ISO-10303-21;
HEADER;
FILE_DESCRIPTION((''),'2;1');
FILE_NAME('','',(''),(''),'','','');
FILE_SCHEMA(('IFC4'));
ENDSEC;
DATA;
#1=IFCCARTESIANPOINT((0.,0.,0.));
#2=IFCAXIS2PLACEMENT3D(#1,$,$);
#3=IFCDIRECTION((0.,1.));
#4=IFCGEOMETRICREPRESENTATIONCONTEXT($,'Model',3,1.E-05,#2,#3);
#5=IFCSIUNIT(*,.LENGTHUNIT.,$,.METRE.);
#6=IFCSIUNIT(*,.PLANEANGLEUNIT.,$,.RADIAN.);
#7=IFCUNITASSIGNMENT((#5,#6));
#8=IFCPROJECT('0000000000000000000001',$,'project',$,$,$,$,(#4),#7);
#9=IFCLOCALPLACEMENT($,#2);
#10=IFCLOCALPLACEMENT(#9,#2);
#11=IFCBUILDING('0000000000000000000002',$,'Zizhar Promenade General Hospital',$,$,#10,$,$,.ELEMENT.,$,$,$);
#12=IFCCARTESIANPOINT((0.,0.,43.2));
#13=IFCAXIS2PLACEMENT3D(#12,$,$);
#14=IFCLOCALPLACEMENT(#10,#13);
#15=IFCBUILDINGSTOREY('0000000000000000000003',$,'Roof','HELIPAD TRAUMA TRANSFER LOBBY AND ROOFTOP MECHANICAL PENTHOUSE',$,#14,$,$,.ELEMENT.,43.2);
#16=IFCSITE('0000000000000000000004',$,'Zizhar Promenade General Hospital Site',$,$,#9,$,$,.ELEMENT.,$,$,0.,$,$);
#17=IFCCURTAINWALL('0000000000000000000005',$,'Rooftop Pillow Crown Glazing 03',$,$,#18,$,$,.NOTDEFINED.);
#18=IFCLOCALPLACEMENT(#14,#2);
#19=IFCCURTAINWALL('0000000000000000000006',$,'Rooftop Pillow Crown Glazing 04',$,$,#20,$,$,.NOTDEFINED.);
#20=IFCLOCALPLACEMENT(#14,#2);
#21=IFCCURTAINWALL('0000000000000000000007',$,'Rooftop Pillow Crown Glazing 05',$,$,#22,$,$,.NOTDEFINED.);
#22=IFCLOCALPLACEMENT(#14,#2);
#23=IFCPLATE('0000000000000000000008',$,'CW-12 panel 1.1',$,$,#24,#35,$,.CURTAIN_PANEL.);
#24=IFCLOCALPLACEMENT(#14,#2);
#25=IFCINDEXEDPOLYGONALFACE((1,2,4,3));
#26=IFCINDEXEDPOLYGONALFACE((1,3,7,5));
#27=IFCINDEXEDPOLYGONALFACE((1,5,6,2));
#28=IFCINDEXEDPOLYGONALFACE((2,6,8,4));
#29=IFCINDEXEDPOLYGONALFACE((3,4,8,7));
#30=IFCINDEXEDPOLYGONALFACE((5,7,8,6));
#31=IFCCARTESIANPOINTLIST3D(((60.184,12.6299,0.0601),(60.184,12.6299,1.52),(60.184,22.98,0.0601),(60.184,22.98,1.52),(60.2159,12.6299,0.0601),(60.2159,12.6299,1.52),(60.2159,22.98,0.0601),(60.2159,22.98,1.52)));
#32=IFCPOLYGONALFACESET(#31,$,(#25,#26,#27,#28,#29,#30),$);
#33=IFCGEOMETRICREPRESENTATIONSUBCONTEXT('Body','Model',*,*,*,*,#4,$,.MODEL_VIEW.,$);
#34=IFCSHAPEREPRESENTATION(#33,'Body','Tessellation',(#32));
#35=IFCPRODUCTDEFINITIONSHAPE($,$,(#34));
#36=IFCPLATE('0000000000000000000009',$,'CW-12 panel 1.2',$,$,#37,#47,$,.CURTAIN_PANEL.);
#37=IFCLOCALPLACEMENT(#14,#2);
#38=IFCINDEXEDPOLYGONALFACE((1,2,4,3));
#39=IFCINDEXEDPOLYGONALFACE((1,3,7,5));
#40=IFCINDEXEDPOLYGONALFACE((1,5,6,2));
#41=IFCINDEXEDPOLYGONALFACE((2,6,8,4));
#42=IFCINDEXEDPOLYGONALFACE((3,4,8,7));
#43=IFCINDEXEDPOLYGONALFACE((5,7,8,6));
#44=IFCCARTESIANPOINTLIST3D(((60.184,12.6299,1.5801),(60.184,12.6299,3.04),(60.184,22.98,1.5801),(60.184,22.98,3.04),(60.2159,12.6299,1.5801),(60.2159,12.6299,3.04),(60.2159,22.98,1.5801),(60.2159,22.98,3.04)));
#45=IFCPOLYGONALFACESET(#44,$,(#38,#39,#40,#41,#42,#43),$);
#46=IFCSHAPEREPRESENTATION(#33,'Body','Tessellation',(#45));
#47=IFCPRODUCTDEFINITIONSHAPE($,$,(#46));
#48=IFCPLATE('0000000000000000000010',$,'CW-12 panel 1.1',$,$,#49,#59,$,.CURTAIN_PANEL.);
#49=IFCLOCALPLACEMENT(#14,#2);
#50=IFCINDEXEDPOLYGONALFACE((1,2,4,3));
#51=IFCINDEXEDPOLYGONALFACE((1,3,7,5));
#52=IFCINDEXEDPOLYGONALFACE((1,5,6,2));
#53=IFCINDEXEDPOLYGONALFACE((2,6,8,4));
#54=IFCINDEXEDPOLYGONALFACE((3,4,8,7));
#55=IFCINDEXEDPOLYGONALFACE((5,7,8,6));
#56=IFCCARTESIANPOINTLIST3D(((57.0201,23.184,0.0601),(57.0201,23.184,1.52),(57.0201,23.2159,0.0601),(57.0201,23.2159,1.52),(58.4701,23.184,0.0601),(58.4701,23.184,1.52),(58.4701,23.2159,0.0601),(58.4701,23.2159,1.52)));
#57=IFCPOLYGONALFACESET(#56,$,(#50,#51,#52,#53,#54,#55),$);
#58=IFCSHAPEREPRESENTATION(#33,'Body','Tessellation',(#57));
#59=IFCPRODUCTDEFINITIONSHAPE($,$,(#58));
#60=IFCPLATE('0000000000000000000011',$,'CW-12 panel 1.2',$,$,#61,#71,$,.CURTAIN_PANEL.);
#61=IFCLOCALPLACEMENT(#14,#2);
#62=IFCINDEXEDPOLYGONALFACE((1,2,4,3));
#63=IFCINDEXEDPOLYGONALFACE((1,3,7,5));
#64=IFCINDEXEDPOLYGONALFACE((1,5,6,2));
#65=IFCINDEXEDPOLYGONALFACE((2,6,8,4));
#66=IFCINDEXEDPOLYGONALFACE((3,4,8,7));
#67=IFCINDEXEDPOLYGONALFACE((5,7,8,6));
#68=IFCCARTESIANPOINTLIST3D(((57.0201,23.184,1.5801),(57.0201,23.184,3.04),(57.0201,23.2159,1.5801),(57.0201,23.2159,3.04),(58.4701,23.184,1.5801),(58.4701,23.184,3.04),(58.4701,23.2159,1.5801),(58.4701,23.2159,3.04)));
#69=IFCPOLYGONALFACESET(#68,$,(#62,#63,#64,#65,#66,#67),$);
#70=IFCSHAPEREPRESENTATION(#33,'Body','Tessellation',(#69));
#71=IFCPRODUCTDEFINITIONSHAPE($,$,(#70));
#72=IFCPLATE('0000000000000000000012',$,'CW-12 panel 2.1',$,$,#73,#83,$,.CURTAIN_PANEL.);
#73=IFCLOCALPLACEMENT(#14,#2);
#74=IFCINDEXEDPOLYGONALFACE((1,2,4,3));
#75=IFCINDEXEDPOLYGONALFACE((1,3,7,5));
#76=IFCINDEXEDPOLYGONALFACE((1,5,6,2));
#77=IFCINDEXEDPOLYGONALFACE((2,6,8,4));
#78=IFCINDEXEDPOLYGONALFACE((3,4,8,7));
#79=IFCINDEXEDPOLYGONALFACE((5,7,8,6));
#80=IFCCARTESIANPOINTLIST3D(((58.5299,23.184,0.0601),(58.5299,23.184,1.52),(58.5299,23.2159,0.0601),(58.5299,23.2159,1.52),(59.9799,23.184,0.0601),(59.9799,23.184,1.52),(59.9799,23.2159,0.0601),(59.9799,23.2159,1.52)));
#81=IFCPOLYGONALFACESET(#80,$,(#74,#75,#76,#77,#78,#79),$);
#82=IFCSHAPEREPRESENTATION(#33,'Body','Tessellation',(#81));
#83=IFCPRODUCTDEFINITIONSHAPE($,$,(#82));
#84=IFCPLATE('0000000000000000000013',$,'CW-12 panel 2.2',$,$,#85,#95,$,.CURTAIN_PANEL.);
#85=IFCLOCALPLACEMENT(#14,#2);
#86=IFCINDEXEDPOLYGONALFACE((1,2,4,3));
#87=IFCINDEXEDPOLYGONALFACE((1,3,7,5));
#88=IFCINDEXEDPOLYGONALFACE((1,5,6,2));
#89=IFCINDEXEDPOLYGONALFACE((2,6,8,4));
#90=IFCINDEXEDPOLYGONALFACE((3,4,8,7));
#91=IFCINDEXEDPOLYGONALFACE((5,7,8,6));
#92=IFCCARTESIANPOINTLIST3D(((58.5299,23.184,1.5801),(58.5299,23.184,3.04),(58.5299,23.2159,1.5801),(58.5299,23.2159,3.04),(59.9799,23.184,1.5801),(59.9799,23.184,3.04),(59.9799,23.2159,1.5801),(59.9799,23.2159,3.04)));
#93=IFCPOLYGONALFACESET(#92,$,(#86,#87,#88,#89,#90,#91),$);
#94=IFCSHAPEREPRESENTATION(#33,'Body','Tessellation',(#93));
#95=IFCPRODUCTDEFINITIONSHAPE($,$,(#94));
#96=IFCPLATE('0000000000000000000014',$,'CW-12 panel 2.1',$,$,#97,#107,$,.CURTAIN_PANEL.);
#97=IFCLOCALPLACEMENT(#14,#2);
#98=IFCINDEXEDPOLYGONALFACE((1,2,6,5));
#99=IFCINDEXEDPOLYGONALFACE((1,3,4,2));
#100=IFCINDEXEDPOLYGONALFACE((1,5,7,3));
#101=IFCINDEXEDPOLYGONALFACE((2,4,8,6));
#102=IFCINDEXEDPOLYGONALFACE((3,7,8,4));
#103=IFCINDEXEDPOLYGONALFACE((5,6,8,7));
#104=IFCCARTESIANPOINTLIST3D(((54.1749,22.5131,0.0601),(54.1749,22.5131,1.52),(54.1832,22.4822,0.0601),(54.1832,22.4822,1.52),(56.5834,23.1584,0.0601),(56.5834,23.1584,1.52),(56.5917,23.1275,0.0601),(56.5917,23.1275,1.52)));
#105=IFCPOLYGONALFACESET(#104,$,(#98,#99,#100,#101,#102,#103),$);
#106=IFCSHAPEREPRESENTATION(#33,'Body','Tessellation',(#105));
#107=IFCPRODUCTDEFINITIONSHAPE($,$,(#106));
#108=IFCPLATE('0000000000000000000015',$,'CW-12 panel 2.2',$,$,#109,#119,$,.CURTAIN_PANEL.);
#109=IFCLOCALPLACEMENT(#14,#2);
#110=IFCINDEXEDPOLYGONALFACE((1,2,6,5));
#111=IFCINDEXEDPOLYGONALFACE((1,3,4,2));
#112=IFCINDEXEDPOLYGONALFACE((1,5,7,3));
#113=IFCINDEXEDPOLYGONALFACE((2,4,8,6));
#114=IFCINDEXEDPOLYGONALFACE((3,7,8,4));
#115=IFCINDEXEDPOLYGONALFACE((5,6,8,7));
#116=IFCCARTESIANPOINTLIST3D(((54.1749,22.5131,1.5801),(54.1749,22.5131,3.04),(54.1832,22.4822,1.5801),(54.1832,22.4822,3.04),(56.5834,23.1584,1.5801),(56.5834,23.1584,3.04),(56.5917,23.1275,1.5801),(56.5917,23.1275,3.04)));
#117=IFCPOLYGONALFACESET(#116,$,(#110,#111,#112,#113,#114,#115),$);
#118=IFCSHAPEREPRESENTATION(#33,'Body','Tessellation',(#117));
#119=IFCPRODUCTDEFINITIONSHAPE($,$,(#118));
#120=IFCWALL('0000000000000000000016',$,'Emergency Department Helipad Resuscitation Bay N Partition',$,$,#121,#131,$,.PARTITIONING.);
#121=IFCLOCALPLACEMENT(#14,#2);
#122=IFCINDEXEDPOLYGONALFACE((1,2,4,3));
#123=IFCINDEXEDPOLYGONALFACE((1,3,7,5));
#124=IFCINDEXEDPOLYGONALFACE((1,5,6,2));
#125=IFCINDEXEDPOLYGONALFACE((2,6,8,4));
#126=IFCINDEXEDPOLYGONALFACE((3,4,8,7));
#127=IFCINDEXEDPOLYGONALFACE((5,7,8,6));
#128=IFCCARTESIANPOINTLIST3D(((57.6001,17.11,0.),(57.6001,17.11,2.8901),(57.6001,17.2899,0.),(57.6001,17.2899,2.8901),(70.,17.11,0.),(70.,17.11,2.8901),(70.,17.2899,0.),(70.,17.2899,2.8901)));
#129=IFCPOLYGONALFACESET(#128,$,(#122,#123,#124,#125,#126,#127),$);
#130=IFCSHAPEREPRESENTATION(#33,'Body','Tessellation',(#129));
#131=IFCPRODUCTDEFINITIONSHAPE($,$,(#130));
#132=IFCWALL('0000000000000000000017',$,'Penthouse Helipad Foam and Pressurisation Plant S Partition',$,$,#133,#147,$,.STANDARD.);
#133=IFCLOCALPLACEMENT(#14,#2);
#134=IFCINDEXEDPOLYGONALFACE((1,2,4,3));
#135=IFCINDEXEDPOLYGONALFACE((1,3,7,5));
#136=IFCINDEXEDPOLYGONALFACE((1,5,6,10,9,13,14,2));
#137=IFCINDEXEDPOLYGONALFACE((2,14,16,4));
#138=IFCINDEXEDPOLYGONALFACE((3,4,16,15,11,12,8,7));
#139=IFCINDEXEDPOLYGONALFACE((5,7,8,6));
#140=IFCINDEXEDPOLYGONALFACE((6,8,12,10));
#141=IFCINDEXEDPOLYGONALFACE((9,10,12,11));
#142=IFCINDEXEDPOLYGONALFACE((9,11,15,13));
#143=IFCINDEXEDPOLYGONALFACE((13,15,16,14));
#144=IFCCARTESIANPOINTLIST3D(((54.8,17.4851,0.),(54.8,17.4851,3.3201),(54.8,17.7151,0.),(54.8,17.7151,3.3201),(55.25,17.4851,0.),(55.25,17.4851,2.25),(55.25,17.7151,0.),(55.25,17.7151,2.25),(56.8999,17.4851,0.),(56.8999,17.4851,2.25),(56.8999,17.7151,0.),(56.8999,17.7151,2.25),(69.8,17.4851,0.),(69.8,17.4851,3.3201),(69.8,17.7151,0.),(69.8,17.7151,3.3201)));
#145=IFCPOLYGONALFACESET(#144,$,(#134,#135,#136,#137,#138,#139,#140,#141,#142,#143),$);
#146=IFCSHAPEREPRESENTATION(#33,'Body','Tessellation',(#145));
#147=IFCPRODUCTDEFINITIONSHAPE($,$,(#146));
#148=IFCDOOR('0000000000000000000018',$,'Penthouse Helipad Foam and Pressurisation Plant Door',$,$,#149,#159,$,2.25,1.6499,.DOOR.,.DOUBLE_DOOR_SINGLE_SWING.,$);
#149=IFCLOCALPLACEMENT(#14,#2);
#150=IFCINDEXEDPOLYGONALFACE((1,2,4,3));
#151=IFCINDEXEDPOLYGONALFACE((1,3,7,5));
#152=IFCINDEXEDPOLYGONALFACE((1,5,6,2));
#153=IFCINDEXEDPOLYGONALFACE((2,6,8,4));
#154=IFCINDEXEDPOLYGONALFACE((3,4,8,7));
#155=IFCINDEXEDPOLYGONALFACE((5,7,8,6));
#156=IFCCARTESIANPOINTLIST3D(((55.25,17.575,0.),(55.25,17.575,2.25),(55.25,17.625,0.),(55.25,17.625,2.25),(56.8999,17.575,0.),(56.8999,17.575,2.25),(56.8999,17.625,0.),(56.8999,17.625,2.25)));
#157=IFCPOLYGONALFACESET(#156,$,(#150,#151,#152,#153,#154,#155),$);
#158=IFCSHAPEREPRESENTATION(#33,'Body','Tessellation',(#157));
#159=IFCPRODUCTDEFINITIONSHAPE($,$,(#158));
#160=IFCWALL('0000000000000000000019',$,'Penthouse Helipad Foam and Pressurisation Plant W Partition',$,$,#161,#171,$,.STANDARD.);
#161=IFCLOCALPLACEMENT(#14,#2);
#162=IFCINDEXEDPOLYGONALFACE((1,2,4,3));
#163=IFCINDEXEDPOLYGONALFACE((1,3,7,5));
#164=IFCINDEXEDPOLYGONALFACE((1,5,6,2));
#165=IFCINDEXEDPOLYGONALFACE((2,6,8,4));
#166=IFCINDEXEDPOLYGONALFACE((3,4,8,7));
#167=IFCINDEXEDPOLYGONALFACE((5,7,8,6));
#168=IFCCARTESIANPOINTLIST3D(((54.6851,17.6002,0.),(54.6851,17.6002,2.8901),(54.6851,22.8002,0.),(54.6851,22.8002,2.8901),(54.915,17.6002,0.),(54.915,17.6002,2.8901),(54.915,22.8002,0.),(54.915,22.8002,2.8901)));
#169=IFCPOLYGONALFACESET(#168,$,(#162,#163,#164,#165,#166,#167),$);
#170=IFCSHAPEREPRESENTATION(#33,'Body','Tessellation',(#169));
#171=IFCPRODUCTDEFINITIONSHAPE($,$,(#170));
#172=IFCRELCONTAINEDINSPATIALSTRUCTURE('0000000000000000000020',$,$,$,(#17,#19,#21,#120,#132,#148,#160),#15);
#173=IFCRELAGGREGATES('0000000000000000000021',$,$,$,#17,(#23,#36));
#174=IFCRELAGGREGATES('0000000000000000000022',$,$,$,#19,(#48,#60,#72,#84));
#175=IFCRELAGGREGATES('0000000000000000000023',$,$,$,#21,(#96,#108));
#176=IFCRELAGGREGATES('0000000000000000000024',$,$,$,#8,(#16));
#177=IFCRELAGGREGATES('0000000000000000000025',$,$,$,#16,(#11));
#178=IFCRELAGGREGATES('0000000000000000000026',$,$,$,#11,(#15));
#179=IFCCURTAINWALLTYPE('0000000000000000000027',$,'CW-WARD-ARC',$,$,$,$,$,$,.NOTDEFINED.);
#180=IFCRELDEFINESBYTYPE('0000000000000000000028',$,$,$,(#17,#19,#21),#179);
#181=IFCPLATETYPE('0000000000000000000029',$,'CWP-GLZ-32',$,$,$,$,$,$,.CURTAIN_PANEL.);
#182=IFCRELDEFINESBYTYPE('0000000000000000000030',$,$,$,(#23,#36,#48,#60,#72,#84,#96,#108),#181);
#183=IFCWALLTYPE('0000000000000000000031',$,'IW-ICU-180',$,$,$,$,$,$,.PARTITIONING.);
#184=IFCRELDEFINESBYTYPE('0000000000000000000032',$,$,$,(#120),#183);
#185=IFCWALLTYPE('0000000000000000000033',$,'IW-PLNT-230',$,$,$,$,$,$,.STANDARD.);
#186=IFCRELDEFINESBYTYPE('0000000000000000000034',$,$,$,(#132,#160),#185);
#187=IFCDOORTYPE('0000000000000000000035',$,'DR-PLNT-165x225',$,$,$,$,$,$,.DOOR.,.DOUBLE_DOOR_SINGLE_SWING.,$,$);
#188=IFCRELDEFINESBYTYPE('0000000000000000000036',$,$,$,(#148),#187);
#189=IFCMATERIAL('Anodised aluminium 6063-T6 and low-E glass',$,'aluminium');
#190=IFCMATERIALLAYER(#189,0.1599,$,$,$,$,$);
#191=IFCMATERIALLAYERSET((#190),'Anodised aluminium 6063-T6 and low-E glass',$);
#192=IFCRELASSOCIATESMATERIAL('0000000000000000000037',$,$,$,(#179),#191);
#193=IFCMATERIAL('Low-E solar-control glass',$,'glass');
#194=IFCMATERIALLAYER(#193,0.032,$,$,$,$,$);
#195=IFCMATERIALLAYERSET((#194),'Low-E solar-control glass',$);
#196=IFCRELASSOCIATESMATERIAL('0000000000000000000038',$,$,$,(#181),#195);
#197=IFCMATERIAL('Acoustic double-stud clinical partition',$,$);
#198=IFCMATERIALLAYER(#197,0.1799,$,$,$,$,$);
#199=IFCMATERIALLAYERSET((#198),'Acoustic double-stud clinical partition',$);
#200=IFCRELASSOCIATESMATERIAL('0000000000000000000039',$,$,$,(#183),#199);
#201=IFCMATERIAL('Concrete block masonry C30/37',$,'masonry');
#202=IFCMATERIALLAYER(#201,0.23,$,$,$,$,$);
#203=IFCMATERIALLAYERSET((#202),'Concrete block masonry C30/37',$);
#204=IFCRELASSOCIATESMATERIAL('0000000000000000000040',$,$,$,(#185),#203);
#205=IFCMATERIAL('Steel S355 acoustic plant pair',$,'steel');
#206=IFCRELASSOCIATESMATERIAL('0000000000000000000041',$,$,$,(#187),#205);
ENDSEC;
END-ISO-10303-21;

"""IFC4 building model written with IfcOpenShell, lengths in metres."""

from ifc_helpers import new_model, si_unit, direction, frame, frame_2d, origin, origin_2d, place, context, subcontext, project, spatial, rectangle, extrude, material, layer, layer_set, type_object, element, fill, aggregate, save


model = new_model("IFC4")

# Units and contexts
model_context = context("Model", 3, precision=1e-05, world=origin(), true_north=direction((0.0, 1.0)))
body_context = subcontext(model_context, "Body", "Model", "MODEL_VIEW")
ifc_project = project(units=[si_unit("LENGTHUNIT", "METRE"), si_unit("PLANEANGLEUNIT", "RADIAN")], contexts=[model_context])

# Site, building, storey
site_placement = place(None, origin())
site = spatial("IfcSite", under=ifc_project, at=site_placement, Name="Zizhar Promenade General Hospital Site", CompositionType="ELEMENT", RefElevation=0.0)
building_placement = place(site_placement, origin())
building = spatial("IfcBuilding", under=site, at=building_placement, Name="Zizhar Promenade General Hospital", CompositionType="ELEMENT")
storey_placement = place(building_placement, frame((0.0, 0.0, 43.2)))
storey = spatial("IfcBuildingStorey", under=building, at=storey_placement, Name="Roof", Description="HELIPAD TRAUMA TRANSFER LOBBY AND ROOFTOP MECHANICAL PENTHOUSE", CompositionType="ELEMENT", Elevation=43.2)

# Curtain wall
ifc_material_1 = material(Name="Anodised aluminium 6063-T6 and low-E glass", Category="aluminium")
ifc_layer_1 = layer(ifc_material_1, 0.1599)
ifc_layer_set_1 = layer_set([ifc_layer_1], Name="Anodised aluminium 6063-T6 and low-E glass")
curtain_wall_type = type_object("IfcCurtainWallType", Name="CW-WARD-ARC", PredefinedType="NOTDEFINED", material=ifc_layer_set_1)
curtain_wall_1_placement = place(storey_placement, origin())
curtain_wall_1 = element("IfcCurtainWall", 1, at=curtain_wall_1_placement, inside=storey, type_object=curtain_wall_type, Name="Rooftop Pillow Crown Glazing 03", PredefinedType="NOTDEFINED")

# Curtain walls
curtain_wall_2_placement = place(storey_placement, origin())
curtain_wall_2 = element("IfcCurtainWall", 2, at=curtain_wall_2_placement, inside=storey, type_object=curtain_wall_type, Name="Rooftop Pillow Crown Glazing 04", PredefinedType="NOTDEFINED")
curtain_wall_3_placement = place(storey_placement, origin())
curtain_wall_3 = element("IfcCurtainWall", 3, at=curtain_wall_3_placement, inside=storey, type_object=curtain_wall_type, Name="Rooftop Pillow Crown Glazing 05", PredefinedType="NOTDEFINED")

# Plates
ifc_material_2 = material(Name="Low-E solar-control glass", Category="glass")
ifc_layer_2 = layer(ifc_material_2, 0.032)
ifc_layer_set_2 = layer_set([ifc_layer_2], Name="Low-E solar-control glass")
plate_type = type_object("IfcPlateType", Name="CWP-GLZ-32", PredefinedType="CURTAIN_PANEL", material=ifc_layer_set_2)
plate_1_placement = place(storey_placement, frame((60.2, 17.8049, 0.0601), z_axis=(0.0, 0.0, 1.0), x_axis=(0.0, -1.0, 0.0)))
plate_1 = element("IfcPlate", 4, at=plate_1_placement, type_object=plate_type, Name="CW-12 panel 1.1", PredefinedType="CURTAIN_PANEL", context=body_context, shape_type="SweptSolid", body=[
    extrude(rectangle(XDim=10.3501, YDim=0.032, at=origin_2d()), origin(), (0.0, 0.0, 1.0), 1.46),
])
plate_2_placement = place(storey_placement, frame((60.2, 17.8049, 1.5801), z_axis=(0.0, 0.0, 1.0), x_axis=(0.0, -1.0, 0.0)))
plate_2 = element("IfcPlate", 5, at=plate_2_placement, type_object=plate_type, Name="CW-12 panel 1.2", PredefinedType="CURTAIN_PANEL", context=body_context, shape_type="SweptSolid", body=[
    extrude(rectangle(XDim=10.3501, YDim=0.032, at=origin_2d()), origin(), (0.0, 0.0, 1.0), 1.46),
])
aggregate(curtain_wall_1, [plate_1, plate_2])
plate_3_placement = place(storey_placement, frame((57.7451, 23.2, 0.0601), z_axis=(0.0, 0.0, 1.0), x_axis=(1.0, 0.0, 0.0)))
plate_3 = element("IfcPlate", 6, at=plate_3_placement, type_object=plate_type, Name="CW-12 panel 1.1", PredefinedType="CURTAIN_PANEL", context=body_context, shape_type="SweptSolid", body=[
    extrude(rectangle(XDim=1.45, YDim=0.032, at=origin_2d()), origin(), (0.0, 0.0, 1.0), 1.46),
])
plate_4_placement = place(storey_placement, frame((57.7451, 23.2, 1.5801), z_axis=(0.0, 0.0, 1.0), x_axis=(1.0, 0.0, 0.0)))
plate_4 = element("IfcPlate", 7, at=plate_4_placement, type_object=plate_type, Name="CW-12 panel 1.2", PredefinedType="CURTAIN_PANEL", context=body_context, shape_type="SweptSolid", body=[
    extrude(rectangle(XDim=1.45, YDim=0.032, at=origin_2d()), origin(), (0.0, 0.0, 1.0), 1.46),
])
plate_5_placement = place(storey_placement, frame((59.2549, 23.2, 0.0601), z_axis=(0.0, 0.0, 1.0), x_axis=(1.0, 0.0, 0.0)))
plate_5 = element("IfcPlate", 8, at=plate_5_placement, type_object=plate_type, Name="CW-12 panel 2.1", PredefinedType="CURTAIN_PANEL", context=body_context, shape_type="SweptSolid", body=[
    extrude(rectangle(XDim=1.45, YDim=0.032, at=origin_2d()), origin(), (0.0, 0.0, 1.0), 1.46),
])
plate_6_placement = place(storey_placement, frame((59.2549, 23.2, 1.5801), z_axis=(0.0, 0.0, 1.0), x_axis=(1.0, 0.0, 0.0)))
plate_6 = element("IfcPlate", 9, at=plate_6_placement, type_object=plate_type, Name="CW-12 panel 2.2", PredefinedType="CURTAIN_PANEL", context=body_context, shape_type="SweptSolid", body=[
    extrude(rectangle(XDim=1.45, YDim=0.032, at=origin_2d()), origin(), (0.0, 0.0, 1.0), 1.46),
])
aggregate(curtain_wall_2, [plate_3, plate_4, plate_5, plate_6])
plate_7_placement = place(storey_placement, frame((55.3833, 22.8203, 0.0601), z_axis=(0.0, 0.0, 1.0), x_axis=(0.965927, 0.258813, 0.0)))
plate_7 = element("IfcPlate", 10, at=plate_7_placement, type_object=plate_type, Name="CW-12 panel 2.1", PredefinedType="CURTAIN_PANEL", context=body_context, shape_type="SweptSolid", body=[
    extrude(rectangle(XDim=2.4934, YDim=0.032, at=origin_2d()), origin(), (0.0, 0.0, 1.0), 1.46),
])
plate_8_placement = place(storey_placement, frame((55.3833, 22.8203, 1.5801), z_axis=(0.0, 0.0, 1.0), x_axis=(0.965927, 0.258813, 0.0)))
plate_8 = element("IfcPlate", 11, at=plate_8_placement, type_object=plate_type, Name="CW-12 panel 2.2", PredefinedType="CURTAIN_PANEL", context=body_context, shape_type="SweptSolid", body=[
    extrude(rectangle(XDim=2.4934, YDim=0.032, at=origin_2d()), origin(), (0.0, 0.0, 1.0), 1.46),
])
aggregate(curtain_wall_3, [plate_7, plate_8])

# Wall
ifc_material_3 = material(Name="Acoustic double-stud clinical partition")
ifc_layer_3 = layer(ifc_material_3, 0.1799)
ifc_layer_set_3 = layer_set([ifc_layer_3], Name="Acoustic double-stud clinical partition")
wall_type_1 = type_object("IfcWallType", Name="IW-ICU-180", PredefinedType="PARTITIONING", material=ifc_layer_set_3)
wall_1_placement = place(storey_placement, frame((57.6001, 17.2, 0.0), z_axis=(0.0, 0.0, 1.0), x_axis=(1.0, 0.0, 0.0)))
element("IfcWall", 12, at=wall_1_placement, inside=storey, type_object=wall_type_1, Name="Emergency Department Helipad Resuscitation Bay N Partition", PredefinedType="PARTITIONING", context=body_context, shape_type="SweptSolid", body=[
    extrude(rectangle(XDim=12.3999, YDim=0.1799, at=frame_2d((6.2, 0.0))), origin(), (0.0, 0.0, 1.0), 2.8901),
])

# Wall, opening, door
ifc_material_4 = material(Name="Concrete block masonry C30/37", Category="masonry")
ifc_layer_4 = layer(ifc_material_4, 0.23)
ifc_layer_set_4 = layer_set([ifc_layer_4], Name="Concrete block masonry C30/37")
wall_type_2 = type_object("IfcWallType", Name="IW-PLNT-230", PredefinedType="STANDARD", material=ifc_layer_set_4)
wall_2_placement = place(storey_placement, frame((54.8, 17.6001, 0.0), z_axis=(0.0, 0.0, 1.0), x_axis=(1.0, 0.0, 0.0)))
wall_2 = element("IfcWall", 13, at=wall_2_placement, inside=storey, type_object=wall_type_2, Name="Penthouse Helipad Foam and Pressurisation Plant S Partition", PredefinedType="STANDARD", context=body_context, shape_type="SweptSolid", body=[
    extrude(rectangle(XDim=15.0, YDim=0.23, at=frame_2d((7.5, 0.0))), origin(), (0.0, 0.0, 1.0), 3.3201),
])
opening_placement = place(wall_2_placement, frame((0.45, 0.0, 0.0)))
opening = element("IfcOpeningElement", 14, at=opening_placement, cuts=wall_2, PredefinedType="OPENING", context=body_context, shape_type="SweptSolid", body=[
    extrude(rectangle(XDim=1.6499, YDim=2.25, at=frame_2d((0.825, 1.125))), frame((0.0, 0.125, 0.0), z_axis=(0.0, -1.0, 0.0), x_axis=(1.0, 0.0, 0.0)), (0.0, 0.0, 1.0), 0.25),
])
ifc_material_5 = material(Name="Steel S355 acoustic plant pair", Category="steel")
door_type = type_object("IfcDoorType", Name="DR-PLNT-165x225", OperationType="DOUBLE_DOOR_SINGLE_SWING", PredefinedType="DOOR", material=ifc_material_5)
door_placement = place(opening_placement, origin())
door = element("IfcDoor", 15, at=door_placement, inside=storey, type_object=door_type, Name="Penthouse Helipad Foam and Pressurisation Plant Door", OperationType="DOUBLE_DOOR_SINGLE_SWING", OverallHeight=2.25, OverallWidth=1.6499, PredefinedType="DOOR", context=body_context, shape_type="SweptSolid", body=[
    extrude(rectangle(XDim=1.6499, YDim=2.25, at=frame_2d((0.825, 1.125))), frame((0.0, 0.0249, 0.0), z_axis=(0.0, -1.0, 0.0), x_axis=(1.0, 0.0, 0.0)), (0.0, 0.0, 1.0), 0.05),
])
fill(opening, door)

# Wall
wall_3_placement = place(storey_placement, frame((54.8, 17.6001, 0.0), z_axis=(0.0, 0.0, 1.0), x_axis=(0.0, 1.0, 0.0)))
element("IfcWall", 16, at=wall_3_placement, inside=storey, type_object=wall_type_2, Name="Penthouse Helipad Foam and Pressurisation Plant W Partition", PredefinedType="STANDARD", context=body_context, shape_type="SweptSolid", body=[
    extrude(rectangle(XDim=5.2, YDim=0.23, at=frame_2d((2.6001, 0.0))), origin(), (0.0, 0.0, 1.0), 2.8901),
])

save(model, "model.ifc")
